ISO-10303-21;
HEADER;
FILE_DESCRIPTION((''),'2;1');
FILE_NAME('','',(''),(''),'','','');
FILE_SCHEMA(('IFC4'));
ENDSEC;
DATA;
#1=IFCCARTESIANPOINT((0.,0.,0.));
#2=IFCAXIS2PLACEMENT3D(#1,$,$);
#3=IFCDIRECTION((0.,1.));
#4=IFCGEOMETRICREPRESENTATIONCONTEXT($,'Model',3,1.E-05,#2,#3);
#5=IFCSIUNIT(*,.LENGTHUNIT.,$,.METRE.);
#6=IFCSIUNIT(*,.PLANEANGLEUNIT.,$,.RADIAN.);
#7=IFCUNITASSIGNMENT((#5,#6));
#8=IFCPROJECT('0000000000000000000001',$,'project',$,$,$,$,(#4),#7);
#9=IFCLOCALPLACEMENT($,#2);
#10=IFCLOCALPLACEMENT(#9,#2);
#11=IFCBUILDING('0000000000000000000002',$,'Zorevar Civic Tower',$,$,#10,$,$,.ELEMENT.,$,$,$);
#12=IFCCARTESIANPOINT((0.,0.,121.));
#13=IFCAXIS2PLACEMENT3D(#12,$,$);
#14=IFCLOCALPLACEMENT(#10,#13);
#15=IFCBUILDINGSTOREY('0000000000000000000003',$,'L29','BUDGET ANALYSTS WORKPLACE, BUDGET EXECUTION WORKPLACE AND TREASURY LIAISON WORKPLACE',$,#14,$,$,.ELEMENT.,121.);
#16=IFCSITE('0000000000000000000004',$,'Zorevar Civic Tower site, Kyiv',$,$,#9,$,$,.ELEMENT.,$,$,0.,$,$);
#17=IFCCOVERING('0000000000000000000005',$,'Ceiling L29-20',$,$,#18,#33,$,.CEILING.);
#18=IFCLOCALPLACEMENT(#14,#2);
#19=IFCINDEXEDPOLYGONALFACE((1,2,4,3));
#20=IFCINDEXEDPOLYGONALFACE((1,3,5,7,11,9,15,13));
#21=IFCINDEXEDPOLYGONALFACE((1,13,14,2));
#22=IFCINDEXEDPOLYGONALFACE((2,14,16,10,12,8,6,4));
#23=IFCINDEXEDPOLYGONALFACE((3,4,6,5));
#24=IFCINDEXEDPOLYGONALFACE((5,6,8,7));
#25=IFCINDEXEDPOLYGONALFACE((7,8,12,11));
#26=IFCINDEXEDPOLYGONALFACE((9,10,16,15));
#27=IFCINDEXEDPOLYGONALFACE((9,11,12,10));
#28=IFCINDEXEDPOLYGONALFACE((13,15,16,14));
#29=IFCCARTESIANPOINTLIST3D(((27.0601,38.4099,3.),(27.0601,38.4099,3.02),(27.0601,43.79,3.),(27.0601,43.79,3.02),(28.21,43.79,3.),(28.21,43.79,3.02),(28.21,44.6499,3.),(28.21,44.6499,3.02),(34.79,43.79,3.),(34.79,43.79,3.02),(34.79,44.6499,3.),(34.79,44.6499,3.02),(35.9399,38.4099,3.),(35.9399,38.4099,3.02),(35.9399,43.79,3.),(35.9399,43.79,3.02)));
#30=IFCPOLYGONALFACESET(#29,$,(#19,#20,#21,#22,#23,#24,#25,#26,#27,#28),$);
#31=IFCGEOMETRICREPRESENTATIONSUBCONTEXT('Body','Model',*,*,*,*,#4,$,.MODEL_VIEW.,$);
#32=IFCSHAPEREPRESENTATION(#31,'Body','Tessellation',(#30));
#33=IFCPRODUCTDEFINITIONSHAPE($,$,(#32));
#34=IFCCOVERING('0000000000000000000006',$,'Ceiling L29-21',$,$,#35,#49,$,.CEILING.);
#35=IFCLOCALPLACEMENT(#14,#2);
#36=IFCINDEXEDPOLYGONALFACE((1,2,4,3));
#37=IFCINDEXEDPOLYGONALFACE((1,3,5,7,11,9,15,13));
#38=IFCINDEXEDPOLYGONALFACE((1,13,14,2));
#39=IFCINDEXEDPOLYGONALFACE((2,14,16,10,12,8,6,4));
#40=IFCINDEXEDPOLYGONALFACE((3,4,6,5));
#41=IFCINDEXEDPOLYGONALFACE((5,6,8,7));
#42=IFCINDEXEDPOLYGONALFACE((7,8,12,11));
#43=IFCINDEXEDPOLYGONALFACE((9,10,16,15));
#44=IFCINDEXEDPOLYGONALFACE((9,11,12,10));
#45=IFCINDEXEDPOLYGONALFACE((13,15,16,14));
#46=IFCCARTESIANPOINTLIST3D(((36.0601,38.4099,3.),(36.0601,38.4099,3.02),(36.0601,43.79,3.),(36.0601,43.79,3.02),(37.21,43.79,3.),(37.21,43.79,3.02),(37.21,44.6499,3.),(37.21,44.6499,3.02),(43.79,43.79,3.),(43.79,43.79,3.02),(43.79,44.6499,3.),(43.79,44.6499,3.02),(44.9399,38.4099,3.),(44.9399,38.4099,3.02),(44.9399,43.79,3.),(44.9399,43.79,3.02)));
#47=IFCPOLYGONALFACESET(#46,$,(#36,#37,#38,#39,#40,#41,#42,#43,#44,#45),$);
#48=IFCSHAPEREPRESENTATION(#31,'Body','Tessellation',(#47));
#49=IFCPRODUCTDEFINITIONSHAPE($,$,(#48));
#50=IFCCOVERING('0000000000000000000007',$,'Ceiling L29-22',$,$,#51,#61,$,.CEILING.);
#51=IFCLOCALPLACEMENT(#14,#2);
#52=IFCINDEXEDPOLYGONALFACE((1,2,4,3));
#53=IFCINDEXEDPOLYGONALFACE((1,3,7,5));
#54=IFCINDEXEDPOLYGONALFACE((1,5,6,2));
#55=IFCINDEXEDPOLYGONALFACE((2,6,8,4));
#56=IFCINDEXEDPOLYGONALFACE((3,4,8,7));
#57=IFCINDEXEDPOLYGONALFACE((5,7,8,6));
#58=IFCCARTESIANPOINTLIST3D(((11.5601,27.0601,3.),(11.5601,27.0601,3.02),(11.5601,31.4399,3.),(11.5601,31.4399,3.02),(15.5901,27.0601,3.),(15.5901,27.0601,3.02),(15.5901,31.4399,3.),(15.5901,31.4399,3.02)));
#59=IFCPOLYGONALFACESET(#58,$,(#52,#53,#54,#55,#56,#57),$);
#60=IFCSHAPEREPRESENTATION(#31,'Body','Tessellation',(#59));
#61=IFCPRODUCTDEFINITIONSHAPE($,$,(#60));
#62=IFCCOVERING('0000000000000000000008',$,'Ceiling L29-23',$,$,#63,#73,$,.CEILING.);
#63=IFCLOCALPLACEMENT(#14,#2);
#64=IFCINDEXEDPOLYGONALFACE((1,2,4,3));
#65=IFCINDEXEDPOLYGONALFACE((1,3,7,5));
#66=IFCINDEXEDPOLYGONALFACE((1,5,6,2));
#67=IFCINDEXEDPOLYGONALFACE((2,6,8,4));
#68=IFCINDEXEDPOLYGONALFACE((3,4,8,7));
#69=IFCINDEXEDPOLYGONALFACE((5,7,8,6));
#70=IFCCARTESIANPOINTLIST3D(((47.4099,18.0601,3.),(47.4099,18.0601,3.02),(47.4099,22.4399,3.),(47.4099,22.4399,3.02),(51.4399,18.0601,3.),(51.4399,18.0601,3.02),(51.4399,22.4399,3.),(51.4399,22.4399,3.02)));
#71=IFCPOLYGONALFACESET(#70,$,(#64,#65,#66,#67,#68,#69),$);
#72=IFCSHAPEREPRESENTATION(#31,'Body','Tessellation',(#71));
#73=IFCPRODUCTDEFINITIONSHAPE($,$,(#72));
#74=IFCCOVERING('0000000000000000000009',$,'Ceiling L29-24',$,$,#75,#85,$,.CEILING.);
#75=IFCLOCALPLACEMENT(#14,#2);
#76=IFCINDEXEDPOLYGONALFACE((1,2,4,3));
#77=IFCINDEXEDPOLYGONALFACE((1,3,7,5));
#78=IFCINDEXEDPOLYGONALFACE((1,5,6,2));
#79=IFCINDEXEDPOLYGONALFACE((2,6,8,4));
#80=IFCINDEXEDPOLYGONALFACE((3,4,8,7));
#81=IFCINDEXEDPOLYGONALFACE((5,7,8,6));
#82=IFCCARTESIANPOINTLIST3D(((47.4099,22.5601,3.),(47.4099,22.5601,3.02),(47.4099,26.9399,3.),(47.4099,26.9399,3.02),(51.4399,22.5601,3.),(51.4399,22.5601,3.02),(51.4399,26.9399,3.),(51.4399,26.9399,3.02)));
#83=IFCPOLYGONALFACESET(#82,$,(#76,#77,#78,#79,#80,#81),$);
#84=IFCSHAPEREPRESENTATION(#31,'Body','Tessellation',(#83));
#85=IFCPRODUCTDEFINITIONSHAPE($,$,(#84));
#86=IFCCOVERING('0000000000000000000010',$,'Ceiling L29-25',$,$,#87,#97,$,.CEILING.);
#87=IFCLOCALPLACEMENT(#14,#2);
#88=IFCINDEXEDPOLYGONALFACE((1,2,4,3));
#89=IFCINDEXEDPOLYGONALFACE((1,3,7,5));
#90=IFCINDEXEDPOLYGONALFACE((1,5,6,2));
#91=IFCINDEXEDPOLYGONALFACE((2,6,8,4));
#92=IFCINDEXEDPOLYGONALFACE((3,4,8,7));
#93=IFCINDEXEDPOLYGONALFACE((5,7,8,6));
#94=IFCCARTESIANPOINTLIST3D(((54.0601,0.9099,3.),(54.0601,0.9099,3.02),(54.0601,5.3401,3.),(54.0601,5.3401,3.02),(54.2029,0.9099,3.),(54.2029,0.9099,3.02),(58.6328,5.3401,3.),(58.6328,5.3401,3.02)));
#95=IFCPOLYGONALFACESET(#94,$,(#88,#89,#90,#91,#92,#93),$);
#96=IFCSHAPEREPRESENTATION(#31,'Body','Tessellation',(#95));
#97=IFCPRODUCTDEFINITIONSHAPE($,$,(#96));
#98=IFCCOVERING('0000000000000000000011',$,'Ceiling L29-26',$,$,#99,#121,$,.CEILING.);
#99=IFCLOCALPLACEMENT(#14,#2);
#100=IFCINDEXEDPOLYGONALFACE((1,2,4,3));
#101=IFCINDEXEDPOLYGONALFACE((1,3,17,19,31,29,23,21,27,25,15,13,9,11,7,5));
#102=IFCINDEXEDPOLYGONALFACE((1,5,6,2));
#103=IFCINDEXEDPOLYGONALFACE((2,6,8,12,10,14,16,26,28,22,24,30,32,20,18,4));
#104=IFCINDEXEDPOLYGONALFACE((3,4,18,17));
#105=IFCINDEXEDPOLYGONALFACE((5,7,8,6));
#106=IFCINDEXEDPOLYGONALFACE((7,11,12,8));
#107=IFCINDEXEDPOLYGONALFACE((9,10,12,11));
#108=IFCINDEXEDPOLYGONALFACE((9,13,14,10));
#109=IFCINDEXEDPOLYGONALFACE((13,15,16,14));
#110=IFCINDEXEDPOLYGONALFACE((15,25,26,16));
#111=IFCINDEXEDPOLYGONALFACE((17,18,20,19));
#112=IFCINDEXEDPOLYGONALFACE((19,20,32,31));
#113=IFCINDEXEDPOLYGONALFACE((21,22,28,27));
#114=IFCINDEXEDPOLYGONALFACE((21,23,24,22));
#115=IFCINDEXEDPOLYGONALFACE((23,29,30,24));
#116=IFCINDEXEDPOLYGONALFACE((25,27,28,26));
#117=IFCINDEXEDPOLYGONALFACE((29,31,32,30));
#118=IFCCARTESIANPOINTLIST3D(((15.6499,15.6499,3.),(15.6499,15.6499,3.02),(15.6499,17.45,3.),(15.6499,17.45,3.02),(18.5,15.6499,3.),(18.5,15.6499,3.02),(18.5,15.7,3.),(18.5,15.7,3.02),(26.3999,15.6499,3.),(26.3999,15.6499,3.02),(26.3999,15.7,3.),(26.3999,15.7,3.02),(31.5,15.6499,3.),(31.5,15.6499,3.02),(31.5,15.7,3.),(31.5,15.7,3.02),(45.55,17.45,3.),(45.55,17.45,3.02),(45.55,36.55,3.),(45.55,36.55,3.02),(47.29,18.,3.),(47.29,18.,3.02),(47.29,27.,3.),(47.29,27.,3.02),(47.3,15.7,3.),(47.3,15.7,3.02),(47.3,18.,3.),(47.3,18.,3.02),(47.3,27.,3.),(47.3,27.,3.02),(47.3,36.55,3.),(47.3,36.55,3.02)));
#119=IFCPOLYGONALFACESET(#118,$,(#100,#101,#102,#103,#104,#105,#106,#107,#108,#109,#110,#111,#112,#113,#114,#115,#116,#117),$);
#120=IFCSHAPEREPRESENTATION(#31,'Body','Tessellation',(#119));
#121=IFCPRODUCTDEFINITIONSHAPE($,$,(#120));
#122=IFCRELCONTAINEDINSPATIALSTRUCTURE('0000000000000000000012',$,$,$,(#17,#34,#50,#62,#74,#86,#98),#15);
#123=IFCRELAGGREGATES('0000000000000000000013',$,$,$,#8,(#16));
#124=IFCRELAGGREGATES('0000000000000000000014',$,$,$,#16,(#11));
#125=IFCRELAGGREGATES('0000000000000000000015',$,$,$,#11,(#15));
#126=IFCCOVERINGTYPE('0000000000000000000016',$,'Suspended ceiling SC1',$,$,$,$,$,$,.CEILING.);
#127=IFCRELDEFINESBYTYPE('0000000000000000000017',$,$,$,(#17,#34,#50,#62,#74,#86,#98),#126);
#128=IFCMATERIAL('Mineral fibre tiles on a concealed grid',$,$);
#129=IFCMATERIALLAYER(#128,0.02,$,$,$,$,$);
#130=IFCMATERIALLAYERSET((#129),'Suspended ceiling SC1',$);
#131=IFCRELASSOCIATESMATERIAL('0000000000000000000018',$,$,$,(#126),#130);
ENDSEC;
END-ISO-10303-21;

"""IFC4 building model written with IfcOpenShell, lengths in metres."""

from ifc_helpers import new_model, si_unit, direction, frame, origin, place, context, subcontext, project, spatial, polyline, outline, extrude, material, layer, layer_set, type_object, element, save


model = new_model("IFC4")

# Units and contexts
model_context = context("Model", 3, precision=1e-05, world=origin(), true_north=direction((0.0, 1.0)))
body_context = subcontext(model_context, "Body", "Model", "MODEL_VIEW")
ifc_project = project(units=[si_unit("LENGTHUNIT", "METRE"), si_unit("PLANEANGLEUNIT", "RADIAN")], contexts=[model_context])

# Site, building, storey
site_placement = place(None, origin())
site = spatial("IfcSite", under=ifc_project, at=site_placement, Name="Zorevar Civic Tower site, Kyiv", CompositionType="ELEMENT", RefElevation=0.0)
building_placement = place(site_placement, origin())
building = spatial("IfcBuilding", under=site, at=building_placement, Name="Zorevar Civic Tower", CompositionType="ELEMENT")
storey_placement = place(building_placement, frame((0.0, 0.0, 121.0)))
storey = spatial("IfcBuildingStorey", under=building, at=storey_placement, Name="L29", Description="BUDGET ANALYSTS WORKPLACE, BUDGET EXECUTION WORKPLACE AND TREASURY LIAISON WORKPLACE", CompositionType="ELEMENT", Elevation=121.0)

# Coverings
ifc_material_1 = material(Name="Mineral fibre tiles on a concealed grid")
ifc_layer_1 = layer(ifc_material_1, 0.02)
ifc_layer_set_1 = layer_set([ifc_layer_1], Name="Suspended ceiling SC1")
covering_type_1 = type_object("IfcCoveringType", Name="Suspended ceiling SC1", PredefinedType="CEILING", material=ifc_layer_set_1)
covering_1_placement = place(storey_placement, frame((0.0, 0.0, 3.0)))
element("IfcCovering", 1, at=covering_1_placement, inside=storey, type_object=covering_type_1, Name="Ceiling L29-20", PredefinedType="CEILING", context=body_context, shape_type="SweptSolid", body=[
    extrude(outline(polyline([(28.21, 43.79), (28.21, 44.6499), (34.79, 44.6499), (34.79, 43.79), (35.9399, 43.79), (35.9399, 38.4099), (27.0601, 38.4099), (27.0601, 43.79), (28.21, 43.79)])), origin(), (0.0, 0.0, 1.0), 0.02),
])
covering_2_placement = place(storey_placement, frame((0.0, 0.0, 3.0)))
element("IfcCovering", 2, at=covering_2_placement, inside=storey, type_object=covering_type_1, Name="Ceiling L29-21", PredefinedType="CEILING", context=body_context, shape_type="SweptSolid", body=[
    extrude(outline(polyline([(37.21, 43.79), (37.21, 44.6499), (43.79, 44.6499), (43.79, 43.79), (44.9399, 43.79), (44.9399, 38.4099), (36.0601, 38.4099), (36.0601, 43.79), (37.21, 43.79)])), origin(), (0.0, 0.0, 1.0), 0.02),
])
covering_3_placement = place(storey_placement, frame((0.0, 0.0, 3.0)))
element("IfcCovering", 3, at=covering_3_placement, inside=storey, type_object=covering_type_1, Name="Ceiling L29-22", PredefinedType="CEILING", context=body_context, shape_type="SweptSolid", body=[
    extrude(outline(polyline([(15.5901, 27.0601), (11.5601, 27.0601), (11.5601, 31.4399), (15.5901, 31.4399), (15.5901, 27.0601)])), origin(), (0.0, 0.0, 1.0), 0.02),
])
covering_4_placement = place(storey_placement, frame((0.0, 0.0, 3.0)))
element("IfcCovering", 4, at=covering_4_placement, inside=storey, type_object=covering_type_1, Name="Ceiling L29-23", PredefinedType="CEILING", context=body_context, shape_type="SweptSolid", body=[
    extrude(outline(polyline([(47.4099, 18.0601), (47.4099, 22.4399), (51.4399, 22.4399), (51.4399, 18.0601), (47.4099, 18.0601)])), origin(), (0.0, 0.0, 1.0), 0.02),
])
covering_5_placement = place(storey_placement, frame((0.0, 0.0, 3.0)))
element("IfcCovering", 5, at=covering_5_placement, inside=storey, type_object=covering_type_1, Name="Ceiling L29-24", PredefinedType="CEILING", context=body_context, shape_type="SweptSolid", body=[
    extrude(outline(polyline([(51.4399, 22.5601), (47.4099, 22.5601), (47.4099, 26.9399), (51.4399, 26.9399), (51.4399, 22.5601)])), origin(), (0.0, 0.0, 1.0), 0.02),
])
covering_6_placement = place(storey_placement, frame((0.0, 0.0, 3.0)))
element("IfcCovering", 6, at=covering_6_placement, inside=storey, type_object=covering_type_1, Name="Ceiling L29-25", PredefinedType="CEILING", context=body_context, shape_type="SweptSolid", body=[
    extrude(outline(polyline([(54.0601, 0.9099), (54.0601, 5.3401), (58.6328, 5.3401), (54.2029, 0.9099), (54.0601, 0.9099)])), origin(), (0.0, 0.0, 1.0), 0.02),
])
covering_7_placement = place(storey_placement, frame((0.0, 0.0, 3.0)))
element("IfcCovering", 7, at=covering_7_placement, inside=storey, type_object=covering_type_1, Name="Ceiling L29-26", PredefinedType="CEILING", context=body_context, shape_type="SweptSolid", body=[
    extrude(outline(polyline([(15.6499, 17.45), (45.55, 17.45), (45.55, 36.55), (47.3, 36.55), (47.3, 27.0), (47.29, 27.0), (47.29, 18.0), (47.3, 18.0), (47.3, 15.7), (31.5, 15.7), (31.5, 15.6499), (26.3999, 15.6499), (26.3999, 15.7), (18.5, 15.7), (18.5, 15.6499), (15.6499, 15.6499), (15.6499, 17.45)])), origin(), (0.0, 0.0, 1.0), 0.02),
])

save(model, "model.ifc")
